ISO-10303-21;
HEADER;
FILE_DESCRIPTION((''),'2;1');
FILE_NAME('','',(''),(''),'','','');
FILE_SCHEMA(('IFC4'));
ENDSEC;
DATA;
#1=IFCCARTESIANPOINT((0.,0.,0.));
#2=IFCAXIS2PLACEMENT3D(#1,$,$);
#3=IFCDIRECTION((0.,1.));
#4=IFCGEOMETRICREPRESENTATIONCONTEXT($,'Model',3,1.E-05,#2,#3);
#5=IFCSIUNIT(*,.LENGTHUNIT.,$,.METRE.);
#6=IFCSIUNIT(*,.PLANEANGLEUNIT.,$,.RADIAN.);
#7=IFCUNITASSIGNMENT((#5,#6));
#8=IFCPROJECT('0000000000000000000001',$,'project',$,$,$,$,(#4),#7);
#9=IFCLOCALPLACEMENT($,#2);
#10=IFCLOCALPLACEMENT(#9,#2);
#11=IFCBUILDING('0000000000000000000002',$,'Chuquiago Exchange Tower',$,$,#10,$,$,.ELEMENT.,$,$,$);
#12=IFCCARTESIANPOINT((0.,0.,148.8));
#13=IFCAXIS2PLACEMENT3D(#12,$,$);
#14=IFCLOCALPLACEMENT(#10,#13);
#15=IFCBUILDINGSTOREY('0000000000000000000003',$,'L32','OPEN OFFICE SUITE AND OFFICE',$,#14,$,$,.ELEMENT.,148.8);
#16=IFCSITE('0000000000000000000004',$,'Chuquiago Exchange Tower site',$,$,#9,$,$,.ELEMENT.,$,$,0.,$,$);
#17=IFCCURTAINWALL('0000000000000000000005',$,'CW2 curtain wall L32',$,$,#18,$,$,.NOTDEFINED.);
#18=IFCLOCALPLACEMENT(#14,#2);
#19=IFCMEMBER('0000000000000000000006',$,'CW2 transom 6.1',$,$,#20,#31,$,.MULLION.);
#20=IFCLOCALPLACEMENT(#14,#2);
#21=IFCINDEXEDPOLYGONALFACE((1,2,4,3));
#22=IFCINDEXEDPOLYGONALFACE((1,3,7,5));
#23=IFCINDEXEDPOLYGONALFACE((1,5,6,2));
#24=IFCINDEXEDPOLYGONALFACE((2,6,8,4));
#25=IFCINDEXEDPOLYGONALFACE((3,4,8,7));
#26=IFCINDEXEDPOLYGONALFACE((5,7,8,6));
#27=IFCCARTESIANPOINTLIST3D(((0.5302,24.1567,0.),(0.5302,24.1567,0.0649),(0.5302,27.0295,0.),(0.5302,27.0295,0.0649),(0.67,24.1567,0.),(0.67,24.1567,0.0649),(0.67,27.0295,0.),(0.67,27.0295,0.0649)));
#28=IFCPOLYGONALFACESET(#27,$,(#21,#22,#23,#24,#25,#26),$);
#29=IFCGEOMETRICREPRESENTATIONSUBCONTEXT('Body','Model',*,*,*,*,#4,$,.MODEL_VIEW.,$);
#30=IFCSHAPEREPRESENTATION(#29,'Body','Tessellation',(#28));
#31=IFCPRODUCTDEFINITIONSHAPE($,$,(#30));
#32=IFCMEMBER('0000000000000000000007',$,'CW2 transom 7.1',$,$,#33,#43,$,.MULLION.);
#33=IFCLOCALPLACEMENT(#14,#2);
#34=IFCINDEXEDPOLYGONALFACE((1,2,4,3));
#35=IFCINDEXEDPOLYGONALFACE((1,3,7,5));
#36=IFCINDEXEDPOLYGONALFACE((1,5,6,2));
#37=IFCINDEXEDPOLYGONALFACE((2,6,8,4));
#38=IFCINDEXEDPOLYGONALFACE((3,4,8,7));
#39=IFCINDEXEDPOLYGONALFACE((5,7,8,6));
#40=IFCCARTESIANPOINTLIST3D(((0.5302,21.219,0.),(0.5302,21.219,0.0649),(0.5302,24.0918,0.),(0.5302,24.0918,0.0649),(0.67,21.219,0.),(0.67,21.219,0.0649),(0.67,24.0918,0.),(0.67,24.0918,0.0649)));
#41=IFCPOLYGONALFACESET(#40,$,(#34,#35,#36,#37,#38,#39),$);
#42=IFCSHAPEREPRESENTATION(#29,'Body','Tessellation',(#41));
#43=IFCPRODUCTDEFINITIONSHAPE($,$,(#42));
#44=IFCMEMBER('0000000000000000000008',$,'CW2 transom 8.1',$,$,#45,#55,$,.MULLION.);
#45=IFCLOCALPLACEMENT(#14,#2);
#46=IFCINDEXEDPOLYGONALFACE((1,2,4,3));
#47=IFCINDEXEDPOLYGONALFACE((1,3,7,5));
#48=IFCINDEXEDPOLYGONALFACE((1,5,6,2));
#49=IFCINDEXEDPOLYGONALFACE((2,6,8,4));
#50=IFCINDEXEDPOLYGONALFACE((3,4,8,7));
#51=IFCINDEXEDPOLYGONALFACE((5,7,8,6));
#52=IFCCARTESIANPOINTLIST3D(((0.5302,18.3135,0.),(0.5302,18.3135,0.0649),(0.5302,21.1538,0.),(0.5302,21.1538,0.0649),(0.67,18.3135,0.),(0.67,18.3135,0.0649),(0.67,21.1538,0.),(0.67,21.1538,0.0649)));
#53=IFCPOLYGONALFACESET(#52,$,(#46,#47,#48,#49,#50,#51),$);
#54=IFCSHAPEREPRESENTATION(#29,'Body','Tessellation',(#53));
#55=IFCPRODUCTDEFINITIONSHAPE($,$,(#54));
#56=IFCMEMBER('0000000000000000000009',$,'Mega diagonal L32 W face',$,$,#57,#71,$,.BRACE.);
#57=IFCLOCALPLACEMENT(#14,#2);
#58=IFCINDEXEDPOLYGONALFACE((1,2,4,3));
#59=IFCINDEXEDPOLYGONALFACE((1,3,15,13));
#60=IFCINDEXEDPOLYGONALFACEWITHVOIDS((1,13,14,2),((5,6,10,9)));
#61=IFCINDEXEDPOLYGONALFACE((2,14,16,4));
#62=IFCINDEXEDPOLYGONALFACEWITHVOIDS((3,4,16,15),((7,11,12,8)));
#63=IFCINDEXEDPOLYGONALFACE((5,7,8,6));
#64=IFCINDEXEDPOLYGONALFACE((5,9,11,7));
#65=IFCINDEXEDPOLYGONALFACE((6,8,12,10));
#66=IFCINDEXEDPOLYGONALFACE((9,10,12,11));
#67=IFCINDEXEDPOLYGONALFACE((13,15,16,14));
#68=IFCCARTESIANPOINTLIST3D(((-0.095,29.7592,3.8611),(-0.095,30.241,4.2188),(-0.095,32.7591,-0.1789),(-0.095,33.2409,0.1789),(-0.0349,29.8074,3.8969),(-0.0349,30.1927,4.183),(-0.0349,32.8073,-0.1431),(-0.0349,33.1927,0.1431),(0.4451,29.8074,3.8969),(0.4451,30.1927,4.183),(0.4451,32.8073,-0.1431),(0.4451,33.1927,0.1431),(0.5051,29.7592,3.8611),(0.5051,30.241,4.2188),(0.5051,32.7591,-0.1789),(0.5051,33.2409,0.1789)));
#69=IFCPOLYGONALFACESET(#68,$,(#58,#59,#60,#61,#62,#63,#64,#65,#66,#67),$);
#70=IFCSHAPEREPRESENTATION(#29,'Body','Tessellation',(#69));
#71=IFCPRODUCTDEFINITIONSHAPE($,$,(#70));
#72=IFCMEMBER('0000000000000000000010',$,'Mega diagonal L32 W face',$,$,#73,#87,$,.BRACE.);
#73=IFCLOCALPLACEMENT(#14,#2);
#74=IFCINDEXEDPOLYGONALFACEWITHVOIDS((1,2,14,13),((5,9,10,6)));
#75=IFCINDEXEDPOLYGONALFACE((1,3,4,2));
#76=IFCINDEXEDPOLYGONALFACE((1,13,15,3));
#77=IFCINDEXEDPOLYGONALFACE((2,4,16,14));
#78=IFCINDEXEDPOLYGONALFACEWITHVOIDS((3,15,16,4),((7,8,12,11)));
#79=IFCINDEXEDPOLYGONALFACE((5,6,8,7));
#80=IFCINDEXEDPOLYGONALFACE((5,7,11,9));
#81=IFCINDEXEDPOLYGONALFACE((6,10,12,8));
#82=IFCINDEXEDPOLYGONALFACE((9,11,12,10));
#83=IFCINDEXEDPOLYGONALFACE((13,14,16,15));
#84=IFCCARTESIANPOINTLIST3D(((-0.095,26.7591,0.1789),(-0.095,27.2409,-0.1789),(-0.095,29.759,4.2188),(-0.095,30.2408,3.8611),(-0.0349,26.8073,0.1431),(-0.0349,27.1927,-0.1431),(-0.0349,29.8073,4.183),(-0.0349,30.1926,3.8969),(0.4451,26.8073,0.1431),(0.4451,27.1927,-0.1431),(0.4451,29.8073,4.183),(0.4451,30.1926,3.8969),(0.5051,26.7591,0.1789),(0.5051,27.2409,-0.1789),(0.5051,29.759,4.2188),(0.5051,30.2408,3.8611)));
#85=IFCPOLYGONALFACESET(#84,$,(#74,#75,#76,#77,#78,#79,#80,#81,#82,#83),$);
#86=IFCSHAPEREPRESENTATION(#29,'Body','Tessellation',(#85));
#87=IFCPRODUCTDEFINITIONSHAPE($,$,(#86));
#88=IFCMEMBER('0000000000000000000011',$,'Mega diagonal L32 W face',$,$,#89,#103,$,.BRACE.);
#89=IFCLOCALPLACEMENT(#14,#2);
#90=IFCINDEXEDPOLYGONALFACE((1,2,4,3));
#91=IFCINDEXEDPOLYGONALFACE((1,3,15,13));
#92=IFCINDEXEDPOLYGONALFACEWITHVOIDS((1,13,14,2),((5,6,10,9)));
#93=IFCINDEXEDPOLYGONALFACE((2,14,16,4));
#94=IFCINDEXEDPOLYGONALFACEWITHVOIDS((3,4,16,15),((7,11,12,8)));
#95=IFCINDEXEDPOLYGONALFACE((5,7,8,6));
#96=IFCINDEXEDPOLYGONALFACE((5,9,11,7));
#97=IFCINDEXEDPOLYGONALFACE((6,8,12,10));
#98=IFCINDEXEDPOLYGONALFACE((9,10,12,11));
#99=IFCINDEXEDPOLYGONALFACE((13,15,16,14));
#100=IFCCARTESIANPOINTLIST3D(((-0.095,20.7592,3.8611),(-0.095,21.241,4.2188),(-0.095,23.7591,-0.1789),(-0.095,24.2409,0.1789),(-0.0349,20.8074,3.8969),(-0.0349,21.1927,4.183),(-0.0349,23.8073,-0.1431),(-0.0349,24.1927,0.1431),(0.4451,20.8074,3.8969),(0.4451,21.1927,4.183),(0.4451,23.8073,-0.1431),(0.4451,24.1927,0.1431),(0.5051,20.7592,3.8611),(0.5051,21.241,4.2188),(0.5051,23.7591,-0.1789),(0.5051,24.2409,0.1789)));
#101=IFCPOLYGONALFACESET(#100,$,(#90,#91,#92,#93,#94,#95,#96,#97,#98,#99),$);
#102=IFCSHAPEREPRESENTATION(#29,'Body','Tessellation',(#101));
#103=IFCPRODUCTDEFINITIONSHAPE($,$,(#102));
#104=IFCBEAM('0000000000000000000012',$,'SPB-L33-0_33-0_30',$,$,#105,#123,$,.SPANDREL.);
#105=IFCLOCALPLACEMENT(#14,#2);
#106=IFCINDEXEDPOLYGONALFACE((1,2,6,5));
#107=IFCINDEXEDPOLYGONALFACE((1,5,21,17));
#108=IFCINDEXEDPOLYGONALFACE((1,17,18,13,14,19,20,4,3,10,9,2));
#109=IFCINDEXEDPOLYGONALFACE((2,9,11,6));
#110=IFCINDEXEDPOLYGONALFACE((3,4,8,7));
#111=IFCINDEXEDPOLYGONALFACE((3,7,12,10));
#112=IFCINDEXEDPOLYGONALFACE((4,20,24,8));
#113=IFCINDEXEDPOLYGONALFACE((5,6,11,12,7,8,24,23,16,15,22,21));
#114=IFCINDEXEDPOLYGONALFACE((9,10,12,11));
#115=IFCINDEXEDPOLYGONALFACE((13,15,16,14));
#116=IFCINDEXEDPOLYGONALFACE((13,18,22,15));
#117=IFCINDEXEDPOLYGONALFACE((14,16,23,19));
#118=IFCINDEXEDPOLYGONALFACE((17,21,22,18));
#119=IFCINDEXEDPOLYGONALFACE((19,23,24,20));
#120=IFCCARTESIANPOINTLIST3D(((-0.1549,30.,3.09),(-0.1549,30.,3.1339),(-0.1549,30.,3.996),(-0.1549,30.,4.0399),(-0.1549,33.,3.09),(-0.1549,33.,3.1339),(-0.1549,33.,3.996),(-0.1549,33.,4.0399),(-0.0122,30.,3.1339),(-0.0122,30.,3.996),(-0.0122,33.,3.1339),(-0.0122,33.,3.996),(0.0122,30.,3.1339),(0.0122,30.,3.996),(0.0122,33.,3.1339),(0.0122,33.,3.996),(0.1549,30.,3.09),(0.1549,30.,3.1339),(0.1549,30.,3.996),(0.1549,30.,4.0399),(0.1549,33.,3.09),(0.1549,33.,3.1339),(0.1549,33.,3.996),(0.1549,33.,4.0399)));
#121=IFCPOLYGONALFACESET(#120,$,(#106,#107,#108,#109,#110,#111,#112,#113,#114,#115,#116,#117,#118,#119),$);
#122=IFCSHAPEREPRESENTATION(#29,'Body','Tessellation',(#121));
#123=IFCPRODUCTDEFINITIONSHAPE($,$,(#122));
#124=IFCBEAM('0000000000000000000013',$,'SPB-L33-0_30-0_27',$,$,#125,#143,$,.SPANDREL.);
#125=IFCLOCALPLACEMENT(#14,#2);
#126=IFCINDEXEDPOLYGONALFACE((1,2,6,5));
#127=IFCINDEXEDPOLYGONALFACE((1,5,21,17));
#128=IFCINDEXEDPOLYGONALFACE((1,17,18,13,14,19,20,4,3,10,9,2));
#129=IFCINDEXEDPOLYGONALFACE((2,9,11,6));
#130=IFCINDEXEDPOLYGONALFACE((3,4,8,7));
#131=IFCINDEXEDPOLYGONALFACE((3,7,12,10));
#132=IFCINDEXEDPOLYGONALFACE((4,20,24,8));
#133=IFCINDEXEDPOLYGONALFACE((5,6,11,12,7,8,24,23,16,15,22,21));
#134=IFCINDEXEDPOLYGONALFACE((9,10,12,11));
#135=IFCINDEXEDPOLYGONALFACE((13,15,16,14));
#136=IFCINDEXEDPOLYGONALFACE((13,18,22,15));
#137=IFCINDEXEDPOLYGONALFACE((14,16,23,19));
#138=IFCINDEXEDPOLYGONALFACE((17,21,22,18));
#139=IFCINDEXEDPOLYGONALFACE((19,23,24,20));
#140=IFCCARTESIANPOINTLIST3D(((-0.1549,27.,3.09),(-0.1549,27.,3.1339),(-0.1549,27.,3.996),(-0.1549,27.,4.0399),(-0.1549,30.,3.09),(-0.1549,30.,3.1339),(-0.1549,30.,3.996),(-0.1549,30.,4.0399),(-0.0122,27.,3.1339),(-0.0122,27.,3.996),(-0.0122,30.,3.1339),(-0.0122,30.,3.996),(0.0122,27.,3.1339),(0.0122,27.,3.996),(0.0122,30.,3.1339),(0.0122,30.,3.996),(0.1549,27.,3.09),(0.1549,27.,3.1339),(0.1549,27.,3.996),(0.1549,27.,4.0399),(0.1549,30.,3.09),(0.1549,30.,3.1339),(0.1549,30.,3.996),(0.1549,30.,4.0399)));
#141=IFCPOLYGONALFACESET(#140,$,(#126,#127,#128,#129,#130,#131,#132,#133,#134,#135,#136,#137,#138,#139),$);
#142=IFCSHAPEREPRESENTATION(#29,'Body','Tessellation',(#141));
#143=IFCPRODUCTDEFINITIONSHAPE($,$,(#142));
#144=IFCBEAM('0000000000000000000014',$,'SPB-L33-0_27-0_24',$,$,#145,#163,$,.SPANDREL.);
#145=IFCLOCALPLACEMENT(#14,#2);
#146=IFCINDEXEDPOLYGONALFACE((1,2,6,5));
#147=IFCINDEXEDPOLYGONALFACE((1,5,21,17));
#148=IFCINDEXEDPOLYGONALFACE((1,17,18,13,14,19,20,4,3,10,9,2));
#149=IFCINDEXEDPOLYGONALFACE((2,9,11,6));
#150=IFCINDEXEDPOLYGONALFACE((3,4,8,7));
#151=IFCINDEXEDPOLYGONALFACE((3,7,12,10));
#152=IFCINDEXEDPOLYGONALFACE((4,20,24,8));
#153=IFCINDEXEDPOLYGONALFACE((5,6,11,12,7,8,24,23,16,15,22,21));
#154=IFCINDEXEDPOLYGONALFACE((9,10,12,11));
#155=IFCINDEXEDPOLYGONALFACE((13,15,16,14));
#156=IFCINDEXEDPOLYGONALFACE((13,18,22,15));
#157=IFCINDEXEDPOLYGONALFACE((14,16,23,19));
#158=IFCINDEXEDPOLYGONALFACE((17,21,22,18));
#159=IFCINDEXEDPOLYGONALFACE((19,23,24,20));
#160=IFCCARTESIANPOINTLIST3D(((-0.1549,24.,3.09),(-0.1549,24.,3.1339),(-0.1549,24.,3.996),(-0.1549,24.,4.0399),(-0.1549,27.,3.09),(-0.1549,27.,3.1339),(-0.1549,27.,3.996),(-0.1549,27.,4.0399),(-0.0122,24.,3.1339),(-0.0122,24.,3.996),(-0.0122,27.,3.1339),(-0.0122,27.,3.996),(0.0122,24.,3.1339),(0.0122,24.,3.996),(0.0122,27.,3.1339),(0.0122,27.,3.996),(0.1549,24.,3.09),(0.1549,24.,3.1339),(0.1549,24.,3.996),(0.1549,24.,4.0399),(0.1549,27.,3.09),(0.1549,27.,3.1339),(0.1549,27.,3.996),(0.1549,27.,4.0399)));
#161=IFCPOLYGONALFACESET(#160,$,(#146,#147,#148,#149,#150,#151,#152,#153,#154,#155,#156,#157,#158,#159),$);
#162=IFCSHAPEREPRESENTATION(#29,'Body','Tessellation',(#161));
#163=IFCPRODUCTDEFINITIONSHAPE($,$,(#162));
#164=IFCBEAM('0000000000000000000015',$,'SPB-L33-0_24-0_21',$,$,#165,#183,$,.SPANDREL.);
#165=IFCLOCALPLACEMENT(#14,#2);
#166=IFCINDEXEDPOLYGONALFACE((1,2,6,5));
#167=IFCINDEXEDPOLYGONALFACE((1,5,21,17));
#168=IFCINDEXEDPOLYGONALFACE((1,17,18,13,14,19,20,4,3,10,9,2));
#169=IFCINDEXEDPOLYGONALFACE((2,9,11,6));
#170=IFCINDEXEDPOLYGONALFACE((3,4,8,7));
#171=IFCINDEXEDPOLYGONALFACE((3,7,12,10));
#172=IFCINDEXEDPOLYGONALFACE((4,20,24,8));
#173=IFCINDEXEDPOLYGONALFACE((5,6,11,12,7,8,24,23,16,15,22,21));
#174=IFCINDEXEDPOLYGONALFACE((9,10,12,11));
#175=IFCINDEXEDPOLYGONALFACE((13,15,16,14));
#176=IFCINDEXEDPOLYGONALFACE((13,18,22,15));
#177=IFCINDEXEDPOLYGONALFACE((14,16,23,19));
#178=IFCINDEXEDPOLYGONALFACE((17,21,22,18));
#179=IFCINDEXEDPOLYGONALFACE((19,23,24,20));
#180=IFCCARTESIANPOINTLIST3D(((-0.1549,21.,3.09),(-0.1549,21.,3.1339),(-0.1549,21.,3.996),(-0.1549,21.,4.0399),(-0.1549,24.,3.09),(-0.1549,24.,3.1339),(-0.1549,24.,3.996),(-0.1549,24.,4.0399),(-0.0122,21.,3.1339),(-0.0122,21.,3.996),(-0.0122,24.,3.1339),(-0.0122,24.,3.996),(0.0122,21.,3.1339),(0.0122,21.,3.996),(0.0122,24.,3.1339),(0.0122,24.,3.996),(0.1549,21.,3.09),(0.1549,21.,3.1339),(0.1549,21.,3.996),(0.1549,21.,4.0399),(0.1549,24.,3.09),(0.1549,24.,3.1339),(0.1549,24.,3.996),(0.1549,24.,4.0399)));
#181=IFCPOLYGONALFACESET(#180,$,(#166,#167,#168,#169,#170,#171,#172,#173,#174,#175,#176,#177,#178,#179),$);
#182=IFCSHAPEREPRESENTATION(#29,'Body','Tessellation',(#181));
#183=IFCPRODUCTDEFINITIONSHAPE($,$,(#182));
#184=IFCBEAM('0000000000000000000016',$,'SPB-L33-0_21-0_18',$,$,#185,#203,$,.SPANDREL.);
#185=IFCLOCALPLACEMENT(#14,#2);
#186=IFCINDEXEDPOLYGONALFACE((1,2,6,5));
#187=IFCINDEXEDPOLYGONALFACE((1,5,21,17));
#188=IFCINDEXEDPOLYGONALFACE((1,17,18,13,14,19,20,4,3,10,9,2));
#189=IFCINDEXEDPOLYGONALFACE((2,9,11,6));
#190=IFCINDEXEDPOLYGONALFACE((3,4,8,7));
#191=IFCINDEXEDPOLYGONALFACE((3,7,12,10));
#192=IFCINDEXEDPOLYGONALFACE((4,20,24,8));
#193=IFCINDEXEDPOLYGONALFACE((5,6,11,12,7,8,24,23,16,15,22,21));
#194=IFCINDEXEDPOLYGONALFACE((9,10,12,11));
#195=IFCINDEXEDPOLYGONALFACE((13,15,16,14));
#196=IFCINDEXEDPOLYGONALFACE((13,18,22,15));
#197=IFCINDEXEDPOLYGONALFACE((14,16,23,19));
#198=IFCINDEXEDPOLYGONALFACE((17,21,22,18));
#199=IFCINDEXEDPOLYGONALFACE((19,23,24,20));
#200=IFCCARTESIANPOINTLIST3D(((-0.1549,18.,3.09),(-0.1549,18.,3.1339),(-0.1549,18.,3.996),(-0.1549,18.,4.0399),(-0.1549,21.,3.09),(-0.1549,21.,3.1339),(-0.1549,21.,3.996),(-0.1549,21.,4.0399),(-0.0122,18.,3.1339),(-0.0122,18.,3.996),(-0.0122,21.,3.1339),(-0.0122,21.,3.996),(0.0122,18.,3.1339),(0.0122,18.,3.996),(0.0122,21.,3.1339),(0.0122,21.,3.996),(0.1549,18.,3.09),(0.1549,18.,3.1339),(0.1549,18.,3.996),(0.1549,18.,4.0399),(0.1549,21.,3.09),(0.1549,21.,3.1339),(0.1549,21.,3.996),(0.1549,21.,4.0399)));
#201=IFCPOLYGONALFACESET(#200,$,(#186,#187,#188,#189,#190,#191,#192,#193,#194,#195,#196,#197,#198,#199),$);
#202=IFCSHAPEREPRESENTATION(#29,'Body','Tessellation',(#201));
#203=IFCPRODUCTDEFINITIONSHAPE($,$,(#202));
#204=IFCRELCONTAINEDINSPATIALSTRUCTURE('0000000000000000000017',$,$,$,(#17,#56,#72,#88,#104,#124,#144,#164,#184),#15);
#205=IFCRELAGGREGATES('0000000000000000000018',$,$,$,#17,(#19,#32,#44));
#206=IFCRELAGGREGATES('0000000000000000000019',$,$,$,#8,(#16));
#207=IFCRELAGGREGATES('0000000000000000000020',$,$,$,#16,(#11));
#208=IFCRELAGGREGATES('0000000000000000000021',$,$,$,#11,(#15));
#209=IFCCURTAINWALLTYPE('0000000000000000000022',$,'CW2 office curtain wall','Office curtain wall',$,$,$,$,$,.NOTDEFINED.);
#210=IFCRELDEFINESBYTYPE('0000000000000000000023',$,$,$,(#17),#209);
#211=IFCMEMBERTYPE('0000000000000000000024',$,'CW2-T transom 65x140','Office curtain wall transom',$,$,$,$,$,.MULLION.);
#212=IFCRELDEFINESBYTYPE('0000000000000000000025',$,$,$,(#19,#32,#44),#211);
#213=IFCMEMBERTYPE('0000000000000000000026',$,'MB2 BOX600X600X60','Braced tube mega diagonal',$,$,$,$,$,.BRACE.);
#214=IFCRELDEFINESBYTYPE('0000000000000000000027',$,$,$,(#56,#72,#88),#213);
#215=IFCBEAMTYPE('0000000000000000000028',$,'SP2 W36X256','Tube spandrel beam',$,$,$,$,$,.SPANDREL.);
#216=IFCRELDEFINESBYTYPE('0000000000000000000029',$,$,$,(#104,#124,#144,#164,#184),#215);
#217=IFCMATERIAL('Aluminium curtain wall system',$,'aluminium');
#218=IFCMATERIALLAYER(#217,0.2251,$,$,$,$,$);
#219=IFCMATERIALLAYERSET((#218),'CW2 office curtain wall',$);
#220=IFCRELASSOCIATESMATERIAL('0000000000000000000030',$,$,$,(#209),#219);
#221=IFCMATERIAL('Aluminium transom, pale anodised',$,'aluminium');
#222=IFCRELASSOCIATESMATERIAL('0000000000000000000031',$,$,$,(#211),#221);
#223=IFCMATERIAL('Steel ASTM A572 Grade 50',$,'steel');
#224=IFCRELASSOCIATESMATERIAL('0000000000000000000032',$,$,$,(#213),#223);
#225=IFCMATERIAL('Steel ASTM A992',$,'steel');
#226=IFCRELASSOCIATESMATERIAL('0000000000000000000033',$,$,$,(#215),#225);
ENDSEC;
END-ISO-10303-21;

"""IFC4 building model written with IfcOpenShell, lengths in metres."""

from ifc_helpers import new_model, si_unit, direction, frame, origin, origin_2d, place, context, subcontext, project, spatial, rectangle, hollow_rectangle, i_section, extrude, material, layer, layer_set, material_profile, profile_set, type_object, element, aggregate, save


model = new_model("IFC4")

# Units and contexts
model_context = context("Model", 3, precision=1e-05, world=origin(), true_north=direction((0.0, 1.0)))
body_context = subcontext(model_context, "Body", "Model", "MODEL_VIEW")
ifc_project = project(units=[si_unit("LENGTHUNIT", "METRE"), si_unit("PLANEANGLEUNIT", "RADIAN")], contexts=[model_context])

# Site, building, storey
site_placement = place(None, origin())
site = spatial("IfcSite", under=ifc_project, at=site_placement, Name="Chuquiago Exchange Tower site", CompositionType="ELEMENT", RefElevation=0.0)
building_placement = place(site_placement, origin())
building = spatial("IfcBuilding", under=site, at=building_placement, Name="Chuquiago Exchange Tower", CompositionType="ELEMENT")
storey_placement = place(building_placement, frame((0.0, 0.0, 148.8)))
storey = spatial("IfcBuildingStorey", under=building, at=storey_placement, Name="L32", Description="OPEN OFFICE SUITE AND OFFICE", CompositionType="ELEMENT", Elevation=148.8)

# Curtain wall, members
ifc_material_1 = material(Name="Aluminium curtain wall system", Category="aluminium")
ifc_layer_1 = layer(ifc_material_1, 0.2251)
ifc_layer_set_1 = layer_set([ifc_layer_1], Name="CW2 office curtain wall")
curtain_wall_type = type_object("IfcCurtainWallType", Name="CW2 office curtain wall", Description="Office curtain wall", PredefinedType="NOTDEFINED", material=ifc_layer_set_1)
curtain_wall_placement = place(storey_placement, origin())
curtain_wall = element("IfcCurtainWall", 1, at=curtain_wall_placement, inside=storey, type_object=curtain_wall_type, Name="CW2 curtain wall L32", PredefinedType="NOTDEFINED")
ifc_material_2 = material(Name="Aluminium transom, pale anodised", Category="aluminium")
ifc_material_profile_1 = material_profile(ifc_material_2, rectangle(XDim=0.1399, YDim=0.0649, at=origin_2d()), Name="AL 140x65")
ifc_profile_set_1 = profile_set([ifc_material_profile_1], Name="Aluminium transom, pale anodised")
member_type_1 = type_object("IfcMemberType", Name="CW2-T transom 65x140", Description="Office curtain wall transom", PredefinedType="MULLION", material=ifc_profile_set_1)
member_1_placement = place(storey_placement, frame((0.6001, 27.0295, 0.0325), z_axis=(0.0, -1.0, 0.0), x_axis=(1.0, 0.0, 0.0)))
member_1 = element("IfcMember", 2, at=member_1_placement, type_object=member_type_1, Name="CW2 transom 6.1", PredefinedType="MULLION", context=body_context, shape_type="SweptSolid", body=[
    extrude(rectangle(XDim=0.1399, YDim=0.0649, at=origin_2d()), origin(), (0.0, 0.0, 1.0), 2.8728),
])
member_2_placement = place(storey_placement, frame((0.6001, 24.0918, 0.0325), z_axis=(0.0, -1.0, 0.0), x_axis=(1.0, 0.0, 0.0)))
member_2 = element("IfcMember", 3, at=member_2_placement, type_object=member_type_1, Name="CW2 transom 7.1", PredefinedType="MULLION", context=body_context, shape_type="SweptSolid", body=[
    extrude(rectangle(XDim=0.1399, YDim=0.0649, at=origin_2d()), origin(), (0.0, 0.0, 1.0), 2.8728),
])
member_3_placement = place(storey_placement, frame((0.6001, 21.1538, 0.0325), z_axis=(0.0, -1.0, 0.0), x_axis=(1.0, 0.0, 0.0)))
member_3 = element("IfcMember", 4, at=member_3_placement, type_object=member_type_1, Name="CW2 transom 8.1", PredefinedType="MULLION", context=body_context, shape_type="SweptSolid", body=[
    extrude(rectangle(XDim=0.1399, YDim=0.0649, at=origin_2d()), origin(), (0.0, 0.0, 1.0), 2.8403),
])

# Members
ifc_material_3 = material(Name="Steel ASTM A572 Grade 50", Category="steel")
ifc_material_profile_2 = material_profile(ifc_material_3, hollow_rectangle(XDim=0.6001, YDim=0.6001, WallThickness=0.0601, at=origin_2d()), Name="BOX600X600X60")
ifc_profile_set_2 = profile_set([ifc_material_profile_2], Name="Steel ASTM A572 Grade 50")
member_type_2 = type_object("IfcMemberType", Name="MB2 BOX600X600X60", Description="Braced tube mega diagonal", PredefinedType="BRACE", material=ifc_profile_set_2)
for number, where, z_axis, x_axis, name in (
    (5, (0.2051, 33.0, 0.0), (0.0, -0.596174, 0.802855), (1.0, 0.0, 0.0), "Mega diagonal L32 W face"),
    (6, (0.2051, 27.0, 0.0), (0.0, 0.596174, 0.802855), (-1.0, 0.0, 0.0), "Mega diagonal L32 W face"),
    (7, (0.2051, 24.0, 0.0), (0.0, -0.596174, 0.802855), (1.0, 0.0, 0.0), "Mega diagonal L32 W face"),
):
    element("IfcMember", number, at=place(storey_placement, frame(where, z_axis=z_axis, x_axis=x_axis)), inside=storey, type_object=member_type_2, Name=name, PredefinedType="BRACE", context=body_context, shape_type="SweptSolid", body=[
        extrude(hollow_rectangle(XDim=0.6001, YDim=0.6001, WallThickness=0.0601, at=origin_2d()), origin(), (0.0, 0.0, 1.0), 5.032),
    ])

# Beams
ifc_material_4 = material(Name="Steel ASTM A992", Category="steel")
ifc_material_profile_3 = material_profile(ifc_material_4, i_section(OverallWidth=0.3098, OverallDepth=0.95, WebThickness=0.0244, FlangeThickness=0.0439, at=origin_2d()), Name="W36X256")
ifc_profile_set_3 = profile_set([ifc_material_profile_3], Name="Steel ASTM A992")
beam_type = type_object("IfcBeamType", Name="SP2 W36X256", Description="Tube spandrel beam", PredefinedType="SPANDREL", material=ifc_profile_set_3)
for number, where, z_axis, x_axis, name in (
    (8, (0.0, 33.0, 3.5649), (0.0, -1.0, 0.0), (1.0, 0.0, 0.0), "SPB-L33-0_33-0_30"),
    (9, (0.0, 30.0, 3.5649), (0.0, -1.0, 0.0), (1.0, 0.0, 0.0), "SPB-L33-0_30-0_27"),
    (10, (0.0, 27.0, 3.5649), (0.0, -1.0, 0.0), (1.0, 0.0, 0.0), "SPB-L33-0_27-0_24"),
    (11, (0.0, 24.0, 3.5649), (0.0, -1.0, 0.0), (1.0, 0.0, 0.0), "SPB-L33-0_24-0_21"),
    (12, (0.0, 21.0, 3.5649), (0.0, -1.0, 0.0), (1.0, 0.0, 0.0), "SPB-L33-0_21-0_18"),
):
    element("IfcBeam", number, at=place(storey_placement, frame(where, z_axis=z_axis, x_axis=x_axis)), inside=storey, type_object=beam_type, Name=name, PredefinedType="SPANDREL", context=body_context, shape_type="SweptSolid", body=[
        extrude(i_section(OverallWidth=0.3098, OverallDepth=0.95, WebThickness=0.0244, FlangeThickness=0.0439, at=origin_2d()), origin(), (0.0, 0.0, 1.0), 3.0),
    ])

aggregate(curtain_wall, [member_1, member_2, member_3])

save(model, "model.ifc")
